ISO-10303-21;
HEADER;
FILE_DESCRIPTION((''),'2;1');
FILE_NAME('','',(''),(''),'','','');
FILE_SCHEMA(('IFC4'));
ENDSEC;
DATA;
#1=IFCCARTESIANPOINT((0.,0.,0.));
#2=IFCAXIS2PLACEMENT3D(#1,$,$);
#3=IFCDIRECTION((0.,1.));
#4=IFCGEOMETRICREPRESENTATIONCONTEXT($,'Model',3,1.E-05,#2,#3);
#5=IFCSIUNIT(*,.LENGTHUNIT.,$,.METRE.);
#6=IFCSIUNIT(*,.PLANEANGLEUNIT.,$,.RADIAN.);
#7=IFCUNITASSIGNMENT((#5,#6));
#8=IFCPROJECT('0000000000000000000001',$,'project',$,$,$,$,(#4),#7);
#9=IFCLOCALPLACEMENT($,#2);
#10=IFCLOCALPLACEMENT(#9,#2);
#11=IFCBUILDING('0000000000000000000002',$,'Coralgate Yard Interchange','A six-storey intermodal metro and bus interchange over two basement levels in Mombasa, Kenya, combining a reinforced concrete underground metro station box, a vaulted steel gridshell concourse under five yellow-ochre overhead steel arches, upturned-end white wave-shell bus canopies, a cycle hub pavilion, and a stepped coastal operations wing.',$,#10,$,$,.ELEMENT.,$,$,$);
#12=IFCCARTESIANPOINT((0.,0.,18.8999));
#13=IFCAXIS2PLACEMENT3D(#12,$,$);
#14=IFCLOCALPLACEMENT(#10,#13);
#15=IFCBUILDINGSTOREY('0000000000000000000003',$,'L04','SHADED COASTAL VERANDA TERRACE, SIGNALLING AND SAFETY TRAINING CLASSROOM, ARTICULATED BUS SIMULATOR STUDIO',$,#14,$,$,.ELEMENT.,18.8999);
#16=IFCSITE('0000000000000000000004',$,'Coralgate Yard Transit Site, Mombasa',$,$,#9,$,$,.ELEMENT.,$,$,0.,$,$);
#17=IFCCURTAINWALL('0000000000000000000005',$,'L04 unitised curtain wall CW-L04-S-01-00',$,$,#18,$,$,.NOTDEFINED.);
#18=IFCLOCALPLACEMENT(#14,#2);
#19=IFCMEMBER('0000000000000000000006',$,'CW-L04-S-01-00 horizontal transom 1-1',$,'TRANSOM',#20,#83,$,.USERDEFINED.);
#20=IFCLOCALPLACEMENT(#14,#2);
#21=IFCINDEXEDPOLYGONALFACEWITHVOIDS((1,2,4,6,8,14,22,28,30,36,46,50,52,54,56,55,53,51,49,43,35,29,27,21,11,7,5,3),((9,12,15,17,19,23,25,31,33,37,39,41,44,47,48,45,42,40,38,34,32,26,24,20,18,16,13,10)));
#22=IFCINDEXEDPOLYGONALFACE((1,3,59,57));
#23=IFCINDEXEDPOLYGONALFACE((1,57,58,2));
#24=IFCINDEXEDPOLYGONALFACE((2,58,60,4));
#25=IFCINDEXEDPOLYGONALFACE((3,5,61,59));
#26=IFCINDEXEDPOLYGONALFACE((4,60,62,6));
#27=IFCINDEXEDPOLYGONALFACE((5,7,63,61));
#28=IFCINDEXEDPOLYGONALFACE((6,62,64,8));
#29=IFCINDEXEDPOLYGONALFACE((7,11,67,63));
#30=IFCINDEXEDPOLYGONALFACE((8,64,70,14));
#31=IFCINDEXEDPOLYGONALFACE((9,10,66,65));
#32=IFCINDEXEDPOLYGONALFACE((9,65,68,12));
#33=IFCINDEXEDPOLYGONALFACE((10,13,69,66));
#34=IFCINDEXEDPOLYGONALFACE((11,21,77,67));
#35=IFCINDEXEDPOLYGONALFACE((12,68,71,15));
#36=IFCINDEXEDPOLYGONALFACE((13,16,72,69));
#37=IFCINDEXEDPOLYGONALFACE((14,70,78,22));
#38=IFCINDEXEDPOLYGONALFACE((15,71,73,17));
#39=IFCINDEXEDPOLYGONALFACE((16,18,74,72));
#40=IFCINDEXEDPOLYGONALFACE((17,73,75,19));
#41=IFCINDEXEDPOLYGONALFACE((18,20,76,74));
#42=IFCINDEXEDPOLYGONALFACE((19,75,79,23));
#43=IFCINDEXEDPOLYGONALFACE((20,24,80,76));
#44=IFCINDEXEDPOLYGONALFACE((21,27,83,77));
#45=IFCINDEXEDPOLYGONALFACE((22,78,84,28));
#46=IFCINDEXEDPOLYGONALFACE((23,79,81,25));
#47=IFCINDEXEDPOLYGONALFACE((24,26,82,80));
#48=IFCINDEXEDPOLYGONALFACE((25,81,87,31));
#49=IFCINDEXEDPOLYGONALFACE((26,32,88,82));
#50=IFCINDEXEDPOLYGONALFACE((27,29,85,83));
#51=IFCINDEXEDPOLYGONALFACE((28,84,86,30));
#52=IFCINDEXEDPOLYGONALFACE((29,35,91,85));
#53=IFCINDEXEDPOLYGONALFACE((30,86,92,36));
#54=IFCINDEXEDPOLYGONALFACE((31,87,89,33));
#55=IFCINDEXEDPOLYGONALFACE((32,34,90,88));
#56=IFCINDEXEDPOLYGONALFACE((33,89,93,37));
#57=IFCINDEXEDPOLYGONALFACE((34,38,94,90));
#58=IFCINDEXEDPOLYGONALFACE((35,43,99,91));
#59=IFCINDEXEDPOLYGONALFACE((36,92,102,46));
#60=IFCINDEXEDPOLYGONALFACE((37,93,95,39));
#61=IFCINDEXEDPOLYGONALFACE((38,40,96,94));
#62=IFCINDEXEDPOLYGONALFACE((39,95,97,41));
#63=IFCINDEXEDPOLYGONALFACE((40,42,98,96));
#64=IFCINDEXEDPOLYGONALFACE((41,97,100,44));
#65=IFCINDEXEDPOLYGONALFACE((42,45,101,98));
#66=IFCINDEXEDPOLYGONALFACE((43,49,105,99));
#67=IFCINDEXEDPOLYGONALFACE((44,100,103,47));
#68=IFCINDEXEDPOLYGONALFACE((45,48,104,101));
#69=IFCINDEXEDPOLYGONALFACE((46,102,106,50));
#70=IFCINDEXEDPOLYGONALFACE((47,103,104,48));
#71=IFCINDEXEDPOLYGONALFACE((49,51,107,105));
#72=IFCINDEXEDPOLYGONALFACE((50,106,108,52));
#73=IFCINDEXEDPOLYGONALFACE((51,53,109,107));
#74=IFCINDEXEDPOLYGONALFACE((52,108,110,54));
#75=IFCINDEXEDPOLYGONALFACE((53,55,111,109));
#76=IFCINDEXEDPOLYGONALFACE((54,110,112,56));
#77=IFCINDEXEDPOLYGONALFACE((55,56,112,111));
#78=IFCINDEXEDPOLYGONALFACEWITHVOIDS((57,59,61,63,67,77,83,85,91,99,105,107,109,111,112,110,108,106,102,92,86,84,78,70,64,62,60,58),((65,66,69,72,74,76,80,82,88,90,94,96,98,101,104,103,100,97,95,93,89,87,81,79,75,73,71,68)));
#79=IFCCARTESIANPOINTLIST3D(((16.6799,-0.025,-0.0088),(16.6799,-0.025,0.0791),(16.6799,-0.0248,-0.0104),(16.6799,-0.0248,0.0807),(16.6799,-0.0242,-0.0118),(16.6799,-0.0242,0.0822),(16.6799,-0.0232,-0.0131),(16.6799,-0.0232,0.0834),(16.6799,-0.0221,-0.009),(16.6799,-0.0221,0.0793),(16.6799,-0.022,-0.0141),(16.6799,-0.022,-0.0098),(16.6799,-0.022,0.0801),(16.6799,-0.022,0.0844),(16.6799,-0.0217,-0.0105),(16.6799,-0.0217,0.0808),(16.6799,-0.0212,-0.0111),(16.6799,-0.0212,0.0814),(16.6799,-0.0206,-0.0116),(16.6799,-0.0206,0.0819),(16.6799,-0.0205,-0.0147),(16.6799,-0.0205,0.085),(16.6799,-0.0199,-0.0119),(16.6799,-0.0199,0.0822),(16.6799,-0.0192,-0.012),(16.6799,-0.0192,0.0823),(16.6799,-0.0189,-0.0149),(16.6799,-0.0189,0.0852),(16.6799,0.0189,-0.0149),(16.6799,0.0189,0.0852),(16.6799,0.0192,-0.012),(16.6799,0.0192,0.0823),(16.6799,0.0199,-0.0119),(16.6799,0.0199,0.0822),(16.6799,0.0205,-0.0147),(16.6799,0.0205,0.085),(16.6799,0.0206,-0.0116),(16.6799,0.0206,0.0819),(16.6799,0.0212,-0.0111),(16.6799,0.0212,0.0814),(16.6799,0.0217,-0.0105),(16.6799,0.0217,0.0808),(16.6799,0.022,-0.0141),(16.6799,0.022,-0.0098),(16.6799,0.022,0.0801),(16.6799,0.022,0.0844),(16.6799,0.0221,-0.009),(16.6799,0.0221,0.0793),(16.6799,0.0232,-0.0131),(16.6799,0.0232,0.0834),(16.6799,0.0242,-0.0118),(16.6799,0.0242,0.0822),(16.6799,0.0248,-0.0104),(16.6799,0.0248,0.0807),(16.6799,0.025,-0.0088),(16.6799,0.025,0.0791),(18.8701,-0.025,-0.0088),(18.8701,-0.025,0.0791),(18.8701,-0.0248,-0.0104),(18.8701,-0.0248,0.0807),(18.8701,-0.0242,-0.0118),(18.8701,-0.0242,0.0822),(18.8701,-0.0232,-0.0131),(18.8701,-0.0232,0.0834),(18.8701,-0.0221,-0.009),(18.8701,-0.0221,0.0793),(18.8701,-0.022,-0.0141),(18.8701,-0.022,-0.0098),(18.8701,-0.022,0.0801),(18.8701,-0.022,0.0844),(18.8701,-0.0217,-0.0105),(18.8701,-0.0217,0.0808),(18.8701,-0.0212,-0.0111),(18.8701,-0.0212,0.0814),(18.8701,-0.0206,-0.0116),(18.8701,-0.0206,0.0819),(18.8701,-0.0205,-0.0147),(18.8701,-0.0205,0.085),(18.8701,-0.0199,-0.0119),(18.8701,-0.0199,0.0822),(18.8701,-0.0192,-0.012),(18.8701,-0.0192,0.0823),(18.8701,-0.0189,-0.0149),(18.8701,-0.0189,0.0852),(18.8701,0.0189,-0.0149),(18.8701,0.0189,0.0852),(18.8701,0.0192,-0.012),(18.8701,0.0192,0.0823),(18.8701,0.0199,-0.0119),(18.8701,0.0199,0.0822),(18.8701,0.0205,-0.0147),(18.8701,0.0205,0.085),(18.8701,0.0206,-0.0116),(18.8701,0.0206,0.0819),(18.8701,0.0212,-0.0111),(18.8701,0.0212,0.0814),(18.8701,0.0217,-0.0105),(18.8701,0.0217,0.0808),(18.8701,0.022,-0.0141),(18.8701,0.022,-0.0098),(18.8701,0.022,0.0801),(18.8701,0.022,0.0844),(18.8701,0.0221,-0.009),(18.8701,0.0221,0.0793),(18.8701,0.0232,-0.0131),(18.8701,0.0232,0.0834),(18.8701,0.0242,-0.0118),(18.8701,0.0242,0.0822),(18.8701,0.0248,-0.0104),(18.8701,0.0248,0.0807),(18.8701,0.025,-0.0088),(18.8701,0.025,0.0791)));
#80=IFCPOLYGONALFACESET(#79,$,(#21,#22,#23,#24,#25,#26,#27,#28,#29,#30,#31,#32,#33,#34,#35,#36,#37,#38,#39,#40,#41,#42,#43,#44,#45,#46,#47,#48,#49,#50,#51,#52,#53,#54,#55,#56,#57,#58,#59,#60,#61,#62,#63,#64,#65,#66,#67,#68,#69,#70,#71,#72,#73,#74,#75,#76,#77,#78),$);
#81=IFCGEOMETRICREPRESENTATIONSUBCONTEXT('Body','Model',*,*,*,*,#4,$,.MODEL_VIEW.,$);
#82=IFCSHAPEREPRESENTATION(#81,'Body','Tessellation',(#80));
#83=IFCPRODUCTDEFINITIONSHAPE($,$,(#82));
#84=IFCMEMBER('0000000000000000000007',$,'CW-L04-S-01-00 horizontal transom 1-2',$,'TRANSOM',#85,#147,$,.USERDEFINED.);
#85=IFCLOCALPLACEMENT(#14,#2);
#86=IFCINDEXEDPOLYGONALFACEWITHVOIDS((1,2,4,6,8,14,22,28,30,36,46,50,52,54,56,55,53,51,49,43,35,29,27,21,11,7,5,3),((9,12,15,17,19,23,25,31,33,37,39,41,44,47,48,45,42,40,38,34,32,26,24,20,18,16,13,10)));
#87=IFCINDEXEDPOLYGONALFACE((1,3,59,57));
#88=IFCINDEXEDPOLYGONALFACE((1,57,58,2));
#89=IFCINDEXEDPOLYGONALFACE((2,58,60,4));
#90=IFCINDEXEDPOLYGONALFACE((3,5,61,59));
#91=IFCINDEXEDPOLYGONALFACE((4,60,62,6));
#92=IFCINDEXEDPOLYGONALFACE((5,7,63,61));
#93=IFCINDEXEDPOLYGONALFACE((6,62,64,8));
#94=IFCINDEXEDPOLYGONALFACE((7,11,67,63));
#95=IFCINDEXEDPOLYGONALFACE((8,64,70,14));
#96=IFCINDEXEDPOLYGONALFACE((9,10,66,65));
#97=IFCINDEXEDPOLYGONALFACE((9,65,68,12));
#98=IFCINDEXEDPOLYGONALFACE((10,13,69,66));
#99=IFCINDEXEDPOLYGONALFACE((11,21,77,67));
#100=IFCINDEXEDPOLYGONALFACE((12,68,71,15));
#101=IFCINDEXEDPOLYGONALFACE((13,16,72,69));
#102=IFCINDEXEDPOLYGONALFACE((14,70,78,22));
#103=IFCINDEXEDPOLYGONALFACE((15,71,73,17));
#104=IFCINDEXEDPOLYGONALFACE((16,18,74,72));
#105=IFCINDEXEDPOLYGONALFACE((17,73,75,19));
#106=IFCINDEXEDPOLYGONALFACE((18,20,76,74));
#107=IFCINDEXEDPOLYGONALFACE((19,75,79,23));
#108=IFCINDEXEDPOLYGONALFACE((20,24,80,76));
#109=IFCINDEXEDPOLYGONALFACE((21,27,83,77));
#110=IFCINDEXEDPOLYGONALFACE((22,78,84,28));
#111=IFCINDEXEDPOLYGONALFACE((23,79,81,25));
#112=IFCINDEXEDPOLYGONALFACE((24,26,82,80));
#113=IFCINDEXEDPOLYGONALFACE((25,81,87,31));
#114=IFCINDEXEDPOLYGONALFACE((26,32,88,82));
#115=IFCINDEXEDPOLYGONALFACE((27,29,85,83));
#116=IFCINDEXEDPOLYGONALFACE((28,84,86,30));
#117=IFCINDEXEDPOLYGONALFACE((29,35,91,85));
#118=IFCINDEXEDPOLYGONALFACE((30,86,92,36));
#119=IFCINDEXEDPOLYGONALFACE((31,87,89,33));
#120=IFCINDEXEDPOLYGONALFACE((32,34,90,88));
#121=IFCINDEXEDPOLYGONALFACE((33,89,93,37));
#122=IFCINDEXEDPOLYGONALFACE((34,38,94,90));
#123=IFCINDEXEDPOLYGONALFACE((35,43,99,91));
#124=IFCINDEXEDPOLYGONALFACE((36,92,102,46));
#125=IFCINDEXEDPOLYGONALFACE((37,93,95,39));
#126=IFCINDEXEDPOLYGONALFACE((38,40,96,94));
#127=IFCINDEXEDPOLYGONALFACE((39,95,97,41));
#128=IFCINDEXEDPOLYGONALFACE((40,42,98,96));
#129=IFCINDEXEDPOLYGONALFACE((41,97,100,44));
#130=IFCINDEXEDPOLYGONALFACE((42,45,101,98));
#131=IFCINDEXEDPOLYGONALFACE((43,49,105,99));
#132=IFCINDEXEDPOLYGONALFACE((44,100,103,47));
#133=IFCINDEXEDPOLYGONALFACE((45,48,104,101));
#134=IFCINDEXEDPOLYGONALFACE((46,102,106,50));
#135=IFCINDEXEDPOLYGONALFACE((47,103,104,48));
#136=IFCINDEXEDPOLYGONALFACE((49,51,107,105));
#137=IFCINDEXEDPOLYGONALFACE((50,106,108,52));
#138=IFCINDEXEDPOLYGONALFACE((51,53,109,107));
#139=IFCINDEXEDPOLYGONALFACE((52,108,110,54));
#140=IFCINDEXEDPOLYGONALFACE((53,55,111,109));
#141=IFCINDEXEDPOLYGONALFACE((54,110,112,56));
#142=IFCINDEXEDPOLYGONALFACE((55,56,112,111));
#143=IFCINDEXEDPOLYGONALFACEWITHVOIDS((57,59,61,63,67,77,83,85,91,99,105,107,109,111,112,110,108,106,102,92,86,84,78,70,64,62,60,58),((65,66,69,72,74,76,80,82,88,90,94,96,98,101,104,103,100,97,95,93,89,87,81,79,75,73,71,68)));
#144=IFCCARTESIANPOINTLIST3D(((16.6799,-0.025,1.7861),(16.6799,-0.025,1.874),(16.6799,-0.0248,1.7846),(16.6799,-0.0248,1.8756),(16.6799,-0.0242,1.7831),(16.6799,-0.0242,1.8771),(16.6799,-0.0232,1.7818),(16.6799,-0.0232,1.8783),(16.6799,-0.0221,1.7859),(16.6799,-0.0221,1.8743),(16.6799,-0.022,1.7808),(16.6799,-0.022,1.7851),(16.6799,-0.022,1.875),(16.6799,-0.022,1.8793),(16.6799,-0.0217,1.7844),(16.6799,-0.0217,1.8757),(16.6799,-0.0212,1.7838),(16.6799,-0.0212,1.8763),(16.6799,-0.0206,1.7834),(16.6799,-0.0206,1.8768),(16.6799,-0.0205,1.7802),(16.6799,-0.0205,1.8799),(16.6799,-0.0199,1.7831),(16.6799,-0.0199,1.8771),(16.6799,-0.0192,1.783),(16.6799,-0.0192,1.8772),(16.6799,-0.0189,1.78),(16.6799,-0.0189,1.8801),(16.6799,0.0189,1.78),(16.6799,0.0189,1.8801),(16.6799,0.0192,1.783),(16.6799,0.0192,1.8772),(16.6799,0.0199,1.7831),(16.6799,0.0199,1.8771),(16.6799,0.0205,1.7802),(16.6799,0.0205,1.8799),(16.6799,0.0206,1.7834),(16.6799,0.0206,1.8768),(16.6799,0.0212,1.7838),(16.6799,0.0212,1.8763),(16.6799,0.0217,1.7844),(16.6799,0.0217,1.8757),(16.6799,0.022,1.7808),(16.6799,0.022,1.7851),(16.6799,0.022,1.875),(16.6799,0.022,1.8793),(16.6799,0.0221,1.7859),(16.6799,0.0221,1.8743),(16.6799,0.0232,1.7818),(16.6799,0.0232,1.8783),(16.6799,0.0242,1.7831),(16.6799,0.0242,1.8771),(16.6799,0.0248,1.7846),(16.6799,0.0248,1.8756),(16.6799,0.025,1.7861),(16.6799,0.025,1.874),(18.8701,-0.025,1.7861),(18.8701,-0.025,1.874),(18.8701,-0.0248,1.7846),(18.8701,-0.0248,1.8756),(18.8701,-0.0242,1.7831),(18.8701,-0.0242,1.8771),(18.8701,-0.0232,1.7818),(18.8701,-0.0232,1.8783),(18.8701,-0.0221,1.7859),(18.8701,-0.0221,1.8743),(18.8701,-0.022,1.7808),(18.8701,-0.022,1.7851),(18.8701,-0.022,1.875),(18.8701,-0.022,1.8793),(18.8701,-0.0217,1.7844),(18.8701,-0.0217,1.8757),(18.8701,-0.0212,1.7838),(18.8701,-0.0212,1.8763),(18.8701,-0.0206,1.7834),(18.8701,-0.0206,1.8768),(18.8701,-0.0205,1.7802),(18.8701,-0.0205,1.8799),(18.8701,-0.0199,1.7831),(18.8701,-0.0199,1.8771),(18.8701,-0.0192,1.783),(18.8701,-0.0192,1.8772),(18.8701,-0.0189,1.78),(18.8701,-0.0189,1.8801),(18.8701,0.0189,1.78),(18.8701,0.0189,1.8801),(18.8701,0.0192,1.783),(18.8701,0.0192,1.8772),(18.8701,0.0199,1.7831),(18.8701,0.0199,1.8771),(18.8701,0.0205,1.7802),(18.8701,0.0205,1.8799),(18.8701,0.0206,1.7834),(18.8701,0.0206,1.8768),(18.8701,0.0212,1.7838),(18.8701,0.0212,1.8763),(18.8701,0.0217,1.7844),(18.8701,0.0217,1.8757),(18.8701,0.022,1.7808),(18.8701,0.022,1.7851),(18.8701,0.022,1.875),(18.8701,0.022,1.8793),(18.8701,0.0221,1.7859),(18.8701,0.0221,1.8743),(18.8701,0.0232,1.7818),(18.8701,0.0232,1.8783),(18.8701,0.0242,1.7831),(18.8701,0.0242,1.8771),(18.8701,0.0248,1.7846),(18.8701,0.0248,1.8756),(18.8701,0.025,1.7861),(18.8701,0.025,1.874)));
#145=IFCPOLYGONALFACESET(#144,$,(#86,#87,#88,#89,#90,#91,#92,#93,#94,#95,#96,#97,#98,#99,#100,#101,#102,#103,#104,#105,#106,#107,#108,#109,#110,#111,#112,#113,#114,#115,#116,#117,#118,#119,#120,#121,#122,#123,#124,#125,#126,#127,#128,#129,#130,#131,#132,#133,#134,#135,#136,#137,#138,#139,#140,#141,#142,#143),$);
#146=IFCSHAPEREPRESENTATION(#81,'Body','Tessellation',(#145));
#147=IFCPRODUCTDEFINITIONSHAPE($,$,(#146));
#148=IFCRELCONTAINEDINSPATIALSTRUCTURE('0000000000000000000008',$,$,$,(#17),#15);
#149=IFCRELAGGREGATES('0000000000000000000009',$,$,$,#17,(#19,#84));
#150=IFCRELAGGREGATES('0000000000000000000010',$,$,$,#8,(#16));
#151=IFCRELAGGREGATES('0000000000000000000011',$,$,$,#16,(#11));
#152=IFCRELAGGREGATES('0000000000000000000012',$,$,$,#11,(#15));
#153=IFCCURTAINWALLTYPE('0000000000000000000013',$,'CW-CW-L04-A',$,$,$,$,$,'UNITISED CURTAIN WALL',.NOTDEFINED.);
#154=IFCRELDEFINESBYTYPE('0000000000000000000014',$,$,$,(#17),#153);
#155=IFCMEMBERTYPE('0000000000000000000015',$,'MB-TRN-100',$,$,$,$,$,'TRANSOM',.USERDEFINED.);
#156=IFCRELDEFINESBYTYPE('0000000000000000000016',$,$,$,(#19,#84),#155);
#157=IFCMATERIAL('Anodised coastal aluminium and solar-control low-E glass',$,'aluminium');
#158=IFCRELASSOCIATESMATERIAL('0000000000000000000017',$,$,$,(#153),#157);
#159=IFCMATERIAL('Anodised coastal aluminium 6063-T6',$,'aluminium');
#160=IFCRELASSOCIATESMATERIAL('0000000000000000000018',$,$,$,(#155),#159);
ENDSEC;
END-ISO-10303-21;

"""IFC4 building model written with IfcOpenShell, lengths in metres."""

from ifc_helpers import new_model, si_unit, direction, frame, origin, origin_2d, place, context, subcontext, project, spatial, hollow_rectangle, extrude, material, material_profile, profile_set, type_object, element, aggregate, save


model = new_model("IFC4")

# Units and contexts
model_context = context("Model", 3, precision=1e-05, world=origin(), true_north=direction((0.0, 1.0)))
body_context = subcontext(model_context, "Body", "Model", "MODEL_VIEW")
ifc_project = project(units=[si_unit("LENGTHUNIT", "METRE"), si_unit("PLANEANGLEUNIT", "RADIAN")], contexts=[model_context])

# Site, building, storey
site_placement = place(None, origin())
site = spatial("IfcSite", under=ifc_project, at=site_placement, Name="Coralgate Yard Transit Site, Mombasa", CompositionType="ELEMENT", RefElevation=0.0)
building_placement = place(site_placement, origin())
building = spatial("IfcBuilding", under=site, at=building_placement, Name="Coralgate Yard Interchange", Description="A six-storey intermodal metro and bus interchange over two basement levels in Mombasa, Kenya, combining a reinforced concrete underground metro station box, a vaulted steel gridshell concourse under five yellow-ochre overhead steel arches, upturned-end white wave-shell bus canopies, a cycle hub pavilion, and a stepped coastal operations wing.", CompositionType="ELEMENT")
storey_placement = place(building_placement, frame((0.0, 0.0, 18.8999)))
storey = spatial("IfcBuildingStorey", under=building, at=storey_placement, Name="L04", Description="SHADED COASTAL VERANDA TERRACE, SIGNALLING AND SAFETY TRAINING CLASSROOM, ARTICULATED BUS SIMULATOR STUDIO", CompositionType="ELEMENT", Elevation=18.8999)

# Curtain wall, members
ifc_material_1 = material(Name="Anodised coastal aluminium and solar-control low-E glass", Category="aluminium")
curtain_wall_type = type_object("IfcCurtainWallType", Name="CW-CW-L04-A", ElementType="UNITISED CURTAIN WALL", PredefinedType="NOTDEFINED", material=ifc_material_1)
curtain_wall_placement = place(storey_placement, origin())
curtain_wall = element("IfcCurtainWall", 1, at=curtain_wall_placement, inside=storey, type_object=curtain_wall_type, Name="L04 unitised curtain wall CW-L04-S-01-00", PredefinedType="NOTDEFINED")
ifc_material_2 = material(Name="Anodised coastal aluminium 6063-T6", Category="aluminium")
ifc_material_profile_1 = material_profile(ifc_material_2, hollow_rectangle(XDim=0.05, YDim=0.1001, WallThickness=0.0029, InnerFilletRadius=0.0029, OuterFilletRadius=0.0061, at=origin_2d()), Name="ALU 50x100x3")
ifc_profile_set_1 = profile_set([ifc_material_profile_1], Name="Anodised coastal aluminium 6063-T6")
member_type_1 = type_object("IfcMemberType", Name="MB-TRN-100", ElementType="TRANSOM", PredefinedType="USERDEFINED", material=ifc_profile_set_1)
member_1_placement = place(storey_placement, frame((18.8701, 0.0, 0.0352), z_axis=(-1.0, 0.0, 0.0), x_axis=(0.0, -1.0, 0.0)))
member_1 = element("IfcMember", 2, at=member_1_placement, type_object=member_type_1, Name="CW-L04-S-01-00 horizontal transom 1-1", ObjectType="TRANSOM", PredefinedType="USERDEFINED", context=body_context, shape_type="SweptSolid", body=[
    extrude(hollow_rectangle(XDim=0.05, YDim=0.1001, WallThickness=0.0029, InnerFilletRadius=0.0029, OuterFilletRadius=0.0061, at=origin_2d()), origin(), (0.0, 0.0, 1.0), 2.1902),
])
member_2_placement = place(storey_placement, frame((18.8701, 0.0, 1.8301), z_axis=(-1.0, 0.0, 0.0), x_axis=(0.0, -1.0, 0.0)))
member_2 = element("IfcMember", 3, at=member_2_placement, type_object=member_type_1, Name="CW-L04-S-01-00 horizontal transom 1-2", ObjectType="TRANSOM", PredefinedType="USERDEFINED", context=body_context, shape_type="SweptSolid", body=[
    extrude(hollow_rectangle(XDim=0.05, YDim=0.1001, WallThickness=0.0029, InnerFilletRadius=0.0029, OuterFilletRadius=0.0061, at=origin_2d()), origin(), (0.0, 0.0, 1.0), 2.1902),
])
aggregate(curtain_wall, [member_1, member_2])

save(model, "model.ifc")
